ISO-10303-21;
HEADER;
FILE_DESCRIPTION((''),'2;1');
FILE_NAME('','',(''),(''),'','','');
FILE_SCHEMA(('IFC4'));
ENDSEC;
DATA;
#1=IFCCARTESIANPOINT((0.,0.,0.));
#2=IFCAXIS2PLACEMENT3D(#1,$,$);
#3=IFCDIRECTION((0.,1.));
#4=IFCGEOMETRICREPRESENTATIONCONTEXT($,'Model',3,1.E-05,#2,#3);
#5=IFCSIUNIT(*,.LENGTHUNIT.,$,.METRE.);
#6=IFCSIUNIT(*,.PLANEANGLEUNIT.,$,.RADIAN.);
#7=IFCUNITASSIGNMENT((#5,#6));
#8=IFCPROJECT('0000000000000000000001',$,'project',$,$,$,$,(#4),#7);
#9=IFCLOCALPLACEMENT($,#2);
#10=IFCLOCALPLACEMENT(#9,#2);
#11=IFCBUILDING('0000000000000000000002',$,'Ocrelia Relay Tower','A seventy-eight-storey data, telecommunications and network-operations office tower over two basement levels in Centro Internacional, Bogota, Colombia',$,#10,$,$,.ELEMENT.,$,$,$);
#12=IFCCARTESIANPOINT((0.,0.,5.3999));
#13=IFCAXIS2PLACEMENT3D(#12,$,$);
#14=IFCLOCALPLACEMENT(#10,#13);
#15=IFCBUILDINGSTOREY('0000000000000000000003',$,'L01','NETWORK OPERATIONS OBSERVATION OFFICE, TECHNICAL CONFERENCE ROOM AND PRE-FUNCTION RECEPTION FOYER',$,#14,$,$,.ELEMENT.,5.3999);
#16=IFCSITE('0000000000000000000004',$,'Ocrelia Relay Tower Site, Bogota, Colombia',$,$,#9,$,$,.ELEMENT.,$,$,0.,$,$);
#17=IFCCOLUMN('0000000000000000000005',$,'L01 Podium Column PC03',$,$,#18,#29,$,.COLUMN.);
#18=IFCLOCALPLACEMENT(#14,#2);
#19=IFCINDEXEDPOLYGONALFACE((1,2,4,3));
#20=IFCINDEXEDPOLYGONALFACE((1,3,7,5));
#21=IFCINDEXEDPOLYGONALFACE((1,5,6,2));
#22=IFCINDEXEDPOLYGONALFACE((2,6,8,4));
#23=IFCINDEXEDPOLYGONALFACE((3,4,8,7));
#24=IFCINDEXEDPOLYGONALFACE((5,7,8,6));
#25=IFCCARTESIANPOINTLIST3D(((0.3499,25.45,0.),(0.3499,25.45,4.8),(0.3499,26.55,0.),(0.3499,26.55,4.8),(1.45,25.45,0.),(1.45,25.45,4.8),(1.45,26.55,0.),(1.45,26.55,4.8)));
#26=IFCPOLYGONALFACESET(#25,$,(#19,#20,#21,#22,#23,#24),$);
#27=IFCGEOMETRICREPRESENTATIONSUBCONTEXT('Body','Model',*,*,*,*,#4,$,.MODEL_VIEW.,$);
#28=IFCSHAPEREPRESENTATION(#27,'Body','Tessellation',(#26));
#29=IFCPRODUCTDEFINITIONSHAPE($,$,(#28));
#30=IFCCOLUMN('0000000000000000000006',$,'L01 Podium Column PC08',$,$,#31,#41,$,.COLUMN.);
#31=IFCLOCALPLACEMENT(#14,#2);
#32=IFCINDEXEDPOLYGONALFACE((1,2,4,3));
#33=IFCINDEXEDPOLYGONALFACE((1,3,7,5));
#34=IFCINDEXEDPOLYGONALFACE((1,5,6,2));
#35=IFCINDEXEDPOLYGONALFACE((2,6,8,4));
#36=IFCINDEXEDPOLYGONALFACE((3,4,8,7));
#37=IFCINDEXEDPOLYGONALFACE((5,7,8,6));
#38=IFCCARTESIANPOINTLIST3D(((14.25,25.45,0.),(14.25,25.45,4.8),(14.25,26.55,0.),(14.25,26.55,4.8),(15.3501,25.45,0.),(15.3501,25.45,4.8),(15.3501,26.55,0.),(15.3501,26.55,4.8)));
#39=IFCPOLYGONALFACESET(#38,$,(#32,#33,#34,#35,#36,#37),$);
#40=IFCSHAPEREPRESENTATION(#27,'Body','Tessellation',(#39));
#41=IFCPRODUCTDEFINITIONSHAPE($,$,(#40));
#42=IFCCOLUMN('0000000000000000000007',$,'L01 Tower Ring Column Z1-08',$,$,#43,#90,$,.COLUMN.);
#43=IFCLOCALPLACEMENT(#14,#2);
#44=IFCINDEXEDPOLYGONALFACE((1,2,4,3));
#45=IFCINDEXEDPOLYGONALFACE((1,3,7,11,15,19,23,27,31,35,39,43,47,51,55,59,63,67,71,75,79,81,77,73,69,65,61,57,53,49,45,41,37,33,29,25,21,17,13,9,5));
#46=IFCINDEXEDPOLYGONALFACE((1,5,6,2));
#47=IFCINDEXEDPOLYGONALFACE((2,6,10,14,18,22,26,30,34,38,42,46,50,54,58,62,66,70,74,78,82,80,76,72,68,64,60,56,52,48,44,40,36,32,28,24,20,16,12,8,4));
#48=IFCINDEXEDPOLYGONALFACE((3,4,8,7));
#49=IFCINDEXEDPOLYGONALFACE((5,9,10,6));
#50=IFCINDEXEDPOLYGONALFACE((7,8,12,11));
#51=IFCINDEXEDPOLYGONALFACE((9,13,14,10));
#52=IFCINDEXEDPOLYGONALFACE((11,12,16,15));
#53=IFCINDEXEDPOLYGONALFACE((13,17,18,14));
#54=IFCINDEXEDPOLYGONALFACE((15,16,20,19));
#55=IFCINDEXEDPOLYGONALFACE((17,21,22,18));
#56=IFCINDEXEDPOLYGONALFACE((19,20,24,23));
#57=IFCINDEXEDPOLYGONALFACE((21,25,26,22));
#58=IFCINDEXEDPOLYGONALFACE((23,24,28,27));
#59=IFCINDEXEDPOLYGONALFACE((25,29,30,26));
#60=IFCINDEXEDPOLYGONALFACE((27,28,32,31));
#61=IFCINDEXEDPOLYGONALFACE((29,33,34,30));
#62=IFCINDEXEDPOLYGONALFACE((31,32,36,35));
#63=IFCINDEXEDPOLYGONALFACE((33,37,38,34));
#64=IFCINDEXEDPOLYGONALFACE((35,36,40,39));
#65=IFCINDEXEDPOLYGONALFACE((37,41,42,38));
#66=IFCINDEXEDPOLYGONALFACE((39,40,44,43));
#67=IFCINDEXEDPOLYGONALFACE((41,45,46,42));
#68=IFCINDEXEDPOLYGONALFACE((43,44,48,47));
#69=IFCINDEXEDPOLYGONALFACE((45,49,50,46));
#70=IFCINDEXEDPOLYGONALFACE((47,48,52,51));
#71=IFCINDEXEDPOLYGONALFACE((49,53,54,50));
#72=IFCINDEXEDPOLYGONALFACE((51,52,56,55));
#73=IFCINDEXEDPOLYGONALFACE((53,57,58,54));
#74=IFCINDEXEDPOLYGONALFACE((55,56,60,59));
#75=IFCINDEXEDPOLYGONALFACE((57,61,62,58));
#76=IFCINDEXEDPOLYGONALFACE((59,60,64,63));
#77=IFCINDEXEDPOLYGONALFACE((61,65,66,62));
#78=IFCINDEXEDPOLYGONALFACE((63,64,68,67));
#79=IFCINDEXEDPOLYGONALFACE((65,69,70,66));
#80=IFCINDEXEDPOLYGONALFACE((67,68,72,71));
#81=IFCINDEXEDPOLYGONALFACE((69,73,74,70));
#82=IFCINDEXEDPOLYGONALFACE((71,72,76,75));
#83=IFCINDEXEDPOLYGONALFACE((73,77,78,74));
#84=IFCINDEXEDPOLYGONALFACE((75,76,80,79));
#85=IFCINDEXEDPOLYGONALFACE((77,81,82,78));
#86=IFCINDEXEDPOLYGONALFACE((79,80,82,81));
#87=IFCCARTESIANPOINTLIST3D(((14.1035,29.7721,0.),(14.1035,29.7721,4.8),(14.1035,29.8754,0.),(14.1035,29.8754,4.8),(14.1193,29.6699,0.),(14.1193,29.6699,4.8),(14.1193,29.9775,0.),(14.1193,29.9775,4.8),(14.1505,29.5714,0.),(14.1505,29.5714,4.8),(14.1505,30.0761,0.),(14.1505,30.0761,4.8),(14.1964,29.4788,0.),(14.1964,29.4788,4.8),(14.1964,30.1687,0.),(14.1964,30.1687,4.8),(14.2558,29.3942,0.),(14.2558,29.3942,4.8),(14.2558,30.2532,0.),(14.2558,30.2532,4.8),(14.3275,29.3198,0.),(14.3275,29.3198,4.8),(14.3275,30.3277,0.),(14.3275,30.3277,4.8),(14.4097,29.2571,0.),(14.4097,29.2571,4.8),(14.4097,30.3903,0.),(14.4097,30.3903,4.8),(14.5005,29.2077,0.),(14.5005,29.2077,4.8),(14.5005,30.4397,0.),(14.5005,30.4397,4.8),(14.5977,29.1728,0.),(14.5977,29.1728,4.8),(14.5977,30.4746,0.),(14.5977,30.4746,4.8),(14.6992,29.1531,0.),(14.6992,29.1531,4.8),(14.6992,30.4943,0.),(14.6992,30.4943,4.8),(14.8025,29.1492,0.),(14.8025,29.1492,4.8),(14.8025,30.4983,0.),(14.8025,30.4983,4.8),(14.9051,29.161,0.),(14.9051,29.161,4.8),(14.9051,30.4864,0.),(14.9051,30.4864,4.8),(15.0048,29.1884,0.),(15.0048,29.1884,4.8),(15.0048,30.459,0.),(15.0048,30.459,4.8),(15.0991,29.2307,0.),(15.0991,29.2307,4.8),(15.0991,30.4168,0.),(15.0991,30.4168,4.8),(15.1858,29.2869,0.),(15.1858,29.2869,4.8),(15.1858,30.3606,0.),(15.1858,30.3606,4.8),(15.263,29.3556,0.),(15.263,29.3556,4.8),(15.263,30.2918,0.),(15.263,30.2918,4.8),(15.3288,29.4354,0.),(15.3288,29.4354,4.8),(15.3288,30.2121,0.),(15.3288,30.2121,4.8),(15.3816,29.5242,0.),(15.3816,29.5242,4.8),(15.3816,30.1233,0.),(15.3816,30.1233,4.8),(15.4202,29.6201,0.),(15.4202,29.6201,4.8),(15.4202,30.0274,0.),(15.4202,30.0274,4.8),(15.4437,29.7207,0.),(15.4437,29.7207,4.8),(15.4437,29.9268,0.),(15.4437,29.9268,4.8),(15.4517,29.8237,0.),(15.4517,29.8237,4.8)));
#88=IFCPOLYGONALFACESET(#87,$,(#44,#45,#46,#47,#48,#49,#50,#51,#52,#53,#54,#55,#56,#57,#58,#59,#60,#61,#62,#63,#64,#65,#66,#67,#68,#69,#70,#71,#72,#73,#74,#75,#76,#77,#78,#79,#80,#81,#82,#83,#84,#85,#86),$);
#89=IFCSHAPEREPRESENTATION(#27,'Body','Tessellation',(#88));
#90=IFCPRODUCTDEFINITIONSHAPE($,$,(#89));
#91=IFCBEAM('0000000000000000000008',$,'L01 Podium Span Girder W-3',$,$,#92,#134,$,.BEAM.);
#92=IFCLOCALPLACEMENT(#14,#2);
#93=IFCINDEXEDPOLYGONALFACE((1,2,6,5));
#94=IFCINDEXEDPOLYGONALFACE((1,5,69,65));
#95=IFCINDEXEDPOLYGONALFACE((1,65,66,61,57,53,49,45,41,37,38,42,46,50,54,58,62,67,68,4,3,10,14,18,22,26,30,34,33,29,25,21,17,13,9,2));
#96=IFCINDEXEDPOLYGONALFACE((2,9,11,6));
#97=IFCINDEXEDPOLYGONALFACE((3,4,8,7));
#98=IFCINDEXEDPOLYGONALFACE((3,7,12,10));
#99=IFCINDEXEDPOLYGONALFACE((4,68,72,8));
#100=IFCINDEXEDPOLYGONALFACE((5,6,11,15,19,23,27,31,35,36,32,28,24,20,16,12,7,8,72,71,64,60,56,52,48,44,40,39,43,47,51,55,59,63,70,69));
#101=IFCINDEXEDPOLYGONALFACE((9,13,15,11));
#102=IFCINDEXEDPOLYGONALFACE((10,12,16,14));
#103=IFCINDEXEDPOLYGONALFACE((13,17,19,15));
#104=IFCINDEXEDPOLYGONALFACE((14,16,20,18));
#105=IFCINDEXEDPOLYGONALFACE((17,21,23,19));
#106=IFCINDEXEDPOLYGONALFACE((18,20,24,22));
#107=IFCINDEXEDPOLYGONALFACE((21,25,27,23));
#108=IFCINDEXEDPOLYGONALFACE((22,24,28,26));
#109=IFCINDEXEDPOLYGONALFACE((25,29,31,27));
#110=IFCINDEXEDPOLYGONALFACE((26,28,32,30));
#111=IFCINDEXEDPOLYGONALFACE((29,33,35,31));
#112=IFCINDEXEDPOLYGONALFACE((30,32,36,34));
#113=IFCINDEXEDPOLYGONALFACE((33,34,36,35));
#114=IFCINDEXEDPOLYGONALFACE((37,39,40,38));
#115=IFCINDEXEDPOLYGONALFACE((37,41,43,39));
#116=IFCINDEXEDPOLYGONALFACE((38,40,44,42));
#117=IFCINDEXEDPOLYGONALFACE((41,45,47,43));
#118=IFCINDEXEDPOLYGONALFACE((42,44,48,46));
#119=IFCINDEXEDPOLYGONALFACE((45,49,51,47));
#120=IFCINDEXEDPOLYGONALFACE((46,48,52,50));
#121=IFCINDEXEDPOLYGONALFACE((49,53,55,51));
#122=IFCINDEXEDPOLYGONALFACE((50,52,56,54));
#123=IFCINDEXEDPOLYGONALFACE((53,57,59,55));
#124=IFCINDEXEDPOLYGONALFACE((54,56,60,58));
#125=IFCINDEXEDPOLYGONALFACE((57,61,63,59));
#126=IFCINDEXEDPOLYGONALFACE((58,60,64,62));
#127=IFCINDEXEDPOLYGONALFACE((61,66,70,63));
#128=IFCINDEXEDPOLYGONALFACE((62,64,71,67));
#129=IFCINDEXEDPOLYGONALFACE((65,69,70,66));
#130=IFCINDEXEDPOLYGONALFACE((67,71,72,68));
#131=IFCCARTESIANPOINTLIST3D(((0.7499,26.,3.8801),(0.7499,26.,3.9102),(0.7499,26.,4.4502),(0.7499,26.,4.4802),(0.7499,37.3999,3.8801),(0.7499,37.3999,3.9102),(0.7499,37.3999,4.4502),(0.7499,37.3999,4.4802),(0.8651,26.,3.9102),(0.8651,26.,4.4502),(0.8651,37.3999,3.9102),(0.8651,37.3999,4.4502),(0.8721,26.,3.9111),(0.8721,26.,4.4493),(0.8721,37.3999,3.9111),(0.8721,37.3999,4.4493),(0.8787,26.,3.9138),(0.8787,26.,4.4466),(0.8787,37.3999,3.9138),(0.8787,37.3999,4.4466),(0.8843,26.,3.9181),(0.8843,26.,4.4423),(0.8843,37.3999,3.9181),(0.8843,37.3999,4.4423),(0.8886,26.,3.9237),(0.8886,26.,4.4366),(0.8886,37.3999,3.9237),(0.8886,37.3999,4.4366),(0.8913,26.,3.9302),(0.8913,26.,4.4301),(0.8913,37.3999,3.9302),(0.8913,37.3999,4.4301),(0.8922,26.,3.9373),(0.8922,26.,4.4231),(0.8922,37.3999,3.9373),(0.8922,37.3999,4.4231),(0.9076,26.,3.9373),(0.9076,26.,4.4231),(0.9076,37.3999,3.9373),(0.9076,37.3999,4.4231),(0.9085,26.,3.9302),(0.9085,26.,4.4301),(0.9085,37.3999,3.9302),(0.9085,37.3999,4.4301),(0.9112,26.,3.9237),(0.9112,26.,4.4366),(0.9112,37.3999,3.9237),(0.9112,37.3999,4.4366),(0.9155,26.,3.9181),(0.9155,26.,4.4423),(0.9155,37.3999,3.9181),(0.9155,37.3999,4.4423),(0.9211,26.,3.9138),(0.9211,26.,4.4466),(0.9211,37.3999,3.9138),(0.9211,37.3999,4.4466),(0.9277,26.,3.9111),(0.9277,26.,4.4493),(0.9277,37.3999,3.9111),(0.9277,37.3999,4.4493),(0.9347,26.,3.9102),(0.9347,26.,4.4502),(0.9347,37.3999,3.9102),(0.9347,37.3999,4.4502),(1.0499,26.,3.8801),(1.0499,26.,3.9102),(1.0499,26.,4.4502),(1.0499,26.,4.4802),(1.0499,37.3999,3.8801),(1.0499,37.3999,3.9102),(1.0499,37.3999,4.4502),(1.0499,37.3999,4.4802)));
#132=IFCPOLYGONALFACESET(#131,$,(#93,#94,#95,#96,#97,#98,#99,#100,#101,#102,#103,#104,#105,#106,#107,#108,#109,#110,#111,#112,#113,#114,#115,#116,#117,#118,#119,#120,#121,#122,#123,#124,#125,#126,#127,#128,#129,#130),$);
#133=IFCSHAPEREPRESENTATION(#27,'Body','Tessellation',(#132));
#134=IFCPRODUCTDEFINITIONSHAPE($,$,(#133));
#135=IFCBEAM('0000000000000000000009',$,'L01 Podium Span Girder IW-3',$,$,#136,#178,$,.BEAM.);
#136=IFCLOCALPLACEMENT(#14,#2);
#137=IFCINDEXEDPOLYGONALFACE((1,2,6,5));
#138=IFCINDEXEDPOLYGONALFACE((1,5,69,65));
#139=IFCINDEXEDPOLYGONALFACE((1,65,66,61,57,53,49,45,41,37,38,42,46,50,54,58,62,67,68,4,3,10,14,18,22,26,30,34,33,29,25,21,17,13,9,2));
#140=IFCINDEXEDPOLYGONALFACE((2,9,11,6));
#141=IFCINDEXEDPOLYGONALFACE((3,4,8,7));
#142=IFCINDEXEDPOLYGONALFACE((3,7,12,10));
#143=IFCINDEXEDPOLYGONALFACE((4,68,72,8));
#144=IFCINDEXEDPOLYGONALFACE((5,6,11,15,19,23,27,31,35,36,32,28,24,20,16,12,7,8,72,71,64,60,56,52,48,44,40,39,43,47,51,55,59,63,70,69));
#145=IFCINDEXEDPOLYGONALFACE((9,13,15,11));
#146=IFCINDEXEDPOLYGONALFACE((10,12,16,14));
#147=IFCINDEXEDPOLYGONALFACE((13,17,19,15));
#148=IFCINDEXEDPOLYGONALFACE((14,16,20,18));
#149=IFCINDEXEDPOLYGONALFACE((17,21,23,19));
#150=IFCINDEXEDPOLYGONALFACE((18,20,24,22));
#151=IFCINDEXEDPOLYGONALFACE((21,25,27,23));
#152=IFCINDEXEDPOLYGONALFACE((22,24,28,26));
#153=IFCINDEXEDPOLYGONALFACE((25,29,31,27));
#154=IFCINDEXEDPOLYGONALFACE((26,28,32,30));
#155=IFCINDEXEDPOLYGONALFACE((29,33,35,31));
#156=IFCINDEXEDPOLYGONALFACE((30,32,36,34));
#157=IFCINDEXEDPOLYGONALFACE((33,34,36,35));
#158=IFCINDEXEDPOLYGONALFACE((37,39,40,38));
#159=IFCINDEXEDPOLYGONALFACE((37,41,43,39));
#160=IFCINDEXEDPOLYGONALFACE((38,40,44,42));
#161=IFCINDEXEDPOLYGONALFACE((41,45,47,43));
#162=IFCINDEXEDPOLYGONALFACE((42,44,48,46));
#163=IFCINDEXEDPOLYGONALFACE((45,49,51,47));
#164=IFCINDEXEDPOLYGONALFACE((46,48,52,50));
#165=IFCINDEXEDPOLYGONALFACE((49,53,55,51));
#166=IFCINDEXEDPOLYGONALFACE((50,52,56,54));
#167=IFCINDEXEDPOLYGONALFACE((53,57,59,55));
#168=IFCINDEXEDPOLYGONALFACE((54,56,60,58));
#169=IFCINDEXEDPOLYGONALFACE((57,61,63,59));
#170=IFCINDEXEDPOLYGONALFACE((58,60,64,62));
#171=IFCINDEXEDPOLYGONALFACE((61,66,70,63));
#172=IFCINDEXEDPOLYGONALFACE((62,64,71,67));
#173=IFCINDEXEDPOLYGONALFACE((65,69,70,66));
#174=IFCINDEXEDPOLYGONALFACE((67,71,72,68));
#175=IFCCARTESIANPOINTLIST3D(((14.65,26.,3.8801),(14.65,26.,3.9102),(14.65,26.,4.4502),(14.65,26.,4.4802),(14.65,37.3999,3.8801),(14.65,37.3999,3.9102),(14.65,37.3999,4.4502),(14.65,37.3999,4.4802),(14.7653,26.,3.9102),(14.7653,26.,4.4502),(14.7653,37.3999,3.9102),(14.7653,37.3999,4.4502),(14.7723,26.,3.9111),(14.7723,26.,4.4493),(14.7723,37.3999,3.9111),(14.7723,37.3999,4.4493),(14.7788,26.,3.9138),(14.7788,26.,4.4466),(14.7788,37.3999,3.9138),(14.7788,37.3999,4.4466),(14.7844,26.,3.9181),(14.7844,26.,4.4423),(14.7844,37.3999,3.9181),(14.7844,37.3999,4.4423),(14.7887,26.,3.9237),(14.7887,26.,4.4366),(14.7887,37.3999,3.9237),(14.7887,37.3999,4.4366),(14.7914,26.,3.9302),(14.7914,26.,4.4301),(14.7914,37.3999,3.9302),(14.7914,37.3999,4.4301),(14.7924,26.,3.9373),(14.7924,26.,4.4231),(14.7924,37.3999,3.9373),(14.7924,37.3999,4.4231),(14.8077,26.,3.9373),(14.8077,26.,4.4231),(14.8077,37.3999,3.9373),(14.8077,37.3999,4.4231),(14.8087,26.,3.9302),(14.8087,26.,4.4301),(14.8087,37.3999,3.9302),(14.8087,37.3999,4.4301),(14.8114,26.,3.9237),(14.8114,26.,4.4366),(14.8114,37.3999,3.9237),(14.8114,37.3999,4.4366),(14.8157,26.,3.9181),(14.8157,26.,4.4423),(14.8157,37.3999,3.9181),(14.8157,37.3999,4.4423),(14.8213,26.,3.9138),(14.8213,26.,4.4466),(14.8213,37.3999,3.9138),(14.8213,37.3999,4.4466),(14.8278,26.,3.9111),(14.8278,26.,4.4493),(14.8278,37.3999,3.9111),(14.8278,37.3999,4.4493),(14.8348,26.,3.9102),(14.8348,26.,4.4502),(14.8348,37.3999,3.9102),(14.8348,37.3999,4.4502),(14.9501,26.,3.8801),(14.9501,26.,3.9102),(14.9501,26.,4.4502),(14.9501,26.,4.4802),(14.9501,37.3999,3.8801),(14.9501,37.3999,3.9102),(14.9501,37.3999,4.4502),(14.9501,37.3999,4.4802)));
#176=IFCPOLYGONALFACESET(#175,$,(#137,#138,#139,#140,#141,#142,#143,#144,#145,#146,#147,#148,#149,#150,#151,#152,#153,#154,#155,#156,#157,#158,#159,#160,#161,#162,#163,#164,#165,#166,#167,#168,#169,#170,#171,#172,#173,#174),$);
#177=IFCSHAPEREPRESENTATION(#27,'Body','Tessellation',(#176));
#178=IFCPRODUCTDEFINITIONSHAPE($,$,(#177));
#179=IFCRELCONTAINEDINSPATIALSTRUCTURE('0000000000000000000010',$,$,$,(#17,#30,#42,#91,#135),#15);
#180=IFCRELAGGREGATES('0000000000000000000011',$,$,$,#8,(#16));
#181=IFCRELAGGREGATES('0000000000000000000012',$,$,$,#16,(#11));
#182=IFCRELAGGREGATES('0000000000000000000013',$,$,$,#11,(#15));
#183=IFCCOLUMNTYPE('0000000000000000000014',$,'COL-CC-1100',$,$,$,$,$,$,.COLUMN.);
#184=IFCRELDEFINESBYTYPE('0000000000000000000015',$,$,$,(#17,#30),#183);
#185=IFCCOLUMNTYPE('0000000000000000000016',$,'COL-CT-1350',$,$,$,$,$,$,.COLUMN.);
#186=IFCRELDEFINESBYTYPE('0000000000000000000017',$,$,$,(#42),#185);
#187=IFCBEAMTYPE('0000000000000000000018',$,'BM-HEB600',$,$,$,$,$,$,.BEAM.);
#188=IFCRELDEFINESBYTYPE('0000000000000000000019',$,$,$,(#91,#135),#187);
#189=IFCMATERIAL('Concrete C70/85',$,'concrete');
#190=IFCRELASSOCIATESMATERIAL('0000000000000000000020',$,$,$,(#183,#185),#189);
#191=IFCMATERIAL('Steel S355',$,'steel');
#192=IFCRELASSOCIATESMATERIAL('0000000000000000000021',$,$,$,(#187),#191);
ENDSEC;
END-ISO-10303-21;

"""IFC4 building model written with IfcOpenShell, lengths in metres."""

from ifc_helpers import new_model, si_unit, direction, frame, origin, origin_2d, place, context, subcontext, project, spatial, rectangle, circle, i_section, extrude, material, material_profile, profile_set, type_object, element, save


model = new_model("IFC4")

# Units and contexts
model_context = context("Model", 3, precision=1e-05, world=origin(), true_north=direction((0.0, 1.0)))
body_context = subcontext(model_context, "Body", "Model", "MODEL_VIEW")
ifc_project = project(units=[si_unit("LENGTHUNIT", "METRE"), si_unit("PLANEANGLEUNIT", "RADIAN")], contexts=[model_context])

# Site, building, storey
site_placement = place(None, origin())
site = spatial("IfcSite", under=ifc_project, at=site_placement, Name="Ocrelia Relay Tower Site, Bogota, Colombia", CompositionType="ELEMENT", RefElevation=0.0)
building_placement = place(site_placement, origin())
building = spatial("IfcBuilding", under=site, at=building_placement, Name="Ocrelia Relay Tower", Description="A seventy-eight-storey data, telecommunications and network-operations office tower over two basement levels in Centro Internacional, Bogota, Colombia", CompositionType="ELEMENT")
storey_placement = place(building_placement, frame((0.0, 0.0, 5.3999)))
storey = spatial("IfcBuildingStorey", under=building, at=storey_placement, Name="L01", Description="NETWORK OPERATIONS OBSERVATION OFFICE, TECHNICAL CONFERENCE ROOM AND PRE-FUNCTION RECEPTION FOYER", CompositionType="ELEMENT", Elevation=5.3999)

# Columns
ifc_material_1 = material(Name="Concrete C70/85", Category="concrete")
ifc_material_profile_1 = material_profile(ifc_material_1, rectangle(XDim=1.1001, YDim=1.1001, at=origin_2d()), Name="RC-COL-1100x1100")
ifc_profile_set_1 = profile_set([ifc_material_profile_1], Name="Concrete C70/85")
column_type_1 = type_object("IfcColumnType", Name="COL-CC-1100", PredefinedType="COLUMN", material=ifc_profile_set_1)
for number, where, z_axis, x_axis, name in (
    (1, (0.8999, 26.0, 0.0), (0.0, 0.0, 1.0), (1.0, 0.0, 0.0), "L01 Podium Column PC03"),
    (2, (14.8, 26.0, 0.0), (0.0, 0.0, 1.0), (1.0, 0.0, 0.0), "L01 Podium Column PC08"),
):
    element("IfcColumn", number, at=place(storey_placement, frame(where, z_axis=z_axis, x_axis=x_axis)), inside=storey, type_object=column_type_1, Name=name, PredefinedType="COLUMN", context=body_context, shape_type="SweptSolid", body=[
        extrude(rectangle(XDim=1.1001, YDim=1.1001, at=origin_2d()), origin(), (0.0, 0.0, 1.0), 4.8),
    ])
ifc_material_profile_2 = material_profile(ifc_material_1, circle(Radius=0.675, at=origin_2d()), Name="RC-CIR-1350")
ifc_profile_set_2 = profile_set([ifc_material_profile_2], Name="Concrete C70/85")
column_type_2 = type_object("IfcColumnType", Name="COL-CT-1350", PredefinedType="COLUMN", material=ifc_profile_set_2)
column_placement = place(storey_placement, frame((14.7766, 29.8237, 0.0), z_axis=(0.0, 0.0, 1.0), x_axis=(1.0, 0.0, 0.0)))
element("IfcColumn", 3, at=column_placement, inside=storey, type_object=column_type_2, Name="L01 Tower Ring Column Z1-08", PredefinedType="COLUMN", context=body_context, shape_type="SweptSolid", body=[
    extrude(circle(Radius=0.675, at=origin_2d()), origin(), (0.0, 0.0, 1.0), 4.8),
])

# Beams
ifc_material_2 = material(Name="Steel S355", Category="steel")
ifc_material_profile_3 = material_profile(ifc_material_2, i_section(OverallWidth=0.3, OverallDepth=0.6001, WebThickness=0.0154, FlangeThickness=0.03, FilletRadius=0.0271, at=origin_2d()), Name="HEB 600")
ifc_profile_set_3 = profile_set([ifc_material_profile_3], Name="Steel S355")
beam_type_1 = type_object("IfcBeamType", Name="BM-HEB600", PredefinedType="BEAM", material=ifc_profile_set_3)
for number, where, z_axis, x_axis, name in (
    (4, (0.8999, 26.0, 4.1802), (0.0, 1.0, 0.0), (-1.0, 0.0, 0.0), "L01 Podium Span Girder W-3"),
    (5, (14.8, 26.0, 4.1802), (0.0, 1.0, 0.0), (-1.0, 0.0, 0.0), "L01 Podium Span Girder IW-3"),
):
    element("IfcBeam", number, at=place(storey_placement, frame(where, z_axis=z_axis, x_axis=x_axis)), inside=storey, type_object=beam_type_1, Name=name, PredefinedType="BEAM", context=body_context, shape_type="SweptSolid", body=[
        extrude(i_section(OverallWidth=0.3, OverallDepth=0.6001, WebThickness=0.0154, FlangeThickness=0.03, FilletRadius=0.0271, at=origin_2d()), origin(), (0.0, 0.0, 1.0), 11.3999),
    ])

save(model, "model.ifc")
